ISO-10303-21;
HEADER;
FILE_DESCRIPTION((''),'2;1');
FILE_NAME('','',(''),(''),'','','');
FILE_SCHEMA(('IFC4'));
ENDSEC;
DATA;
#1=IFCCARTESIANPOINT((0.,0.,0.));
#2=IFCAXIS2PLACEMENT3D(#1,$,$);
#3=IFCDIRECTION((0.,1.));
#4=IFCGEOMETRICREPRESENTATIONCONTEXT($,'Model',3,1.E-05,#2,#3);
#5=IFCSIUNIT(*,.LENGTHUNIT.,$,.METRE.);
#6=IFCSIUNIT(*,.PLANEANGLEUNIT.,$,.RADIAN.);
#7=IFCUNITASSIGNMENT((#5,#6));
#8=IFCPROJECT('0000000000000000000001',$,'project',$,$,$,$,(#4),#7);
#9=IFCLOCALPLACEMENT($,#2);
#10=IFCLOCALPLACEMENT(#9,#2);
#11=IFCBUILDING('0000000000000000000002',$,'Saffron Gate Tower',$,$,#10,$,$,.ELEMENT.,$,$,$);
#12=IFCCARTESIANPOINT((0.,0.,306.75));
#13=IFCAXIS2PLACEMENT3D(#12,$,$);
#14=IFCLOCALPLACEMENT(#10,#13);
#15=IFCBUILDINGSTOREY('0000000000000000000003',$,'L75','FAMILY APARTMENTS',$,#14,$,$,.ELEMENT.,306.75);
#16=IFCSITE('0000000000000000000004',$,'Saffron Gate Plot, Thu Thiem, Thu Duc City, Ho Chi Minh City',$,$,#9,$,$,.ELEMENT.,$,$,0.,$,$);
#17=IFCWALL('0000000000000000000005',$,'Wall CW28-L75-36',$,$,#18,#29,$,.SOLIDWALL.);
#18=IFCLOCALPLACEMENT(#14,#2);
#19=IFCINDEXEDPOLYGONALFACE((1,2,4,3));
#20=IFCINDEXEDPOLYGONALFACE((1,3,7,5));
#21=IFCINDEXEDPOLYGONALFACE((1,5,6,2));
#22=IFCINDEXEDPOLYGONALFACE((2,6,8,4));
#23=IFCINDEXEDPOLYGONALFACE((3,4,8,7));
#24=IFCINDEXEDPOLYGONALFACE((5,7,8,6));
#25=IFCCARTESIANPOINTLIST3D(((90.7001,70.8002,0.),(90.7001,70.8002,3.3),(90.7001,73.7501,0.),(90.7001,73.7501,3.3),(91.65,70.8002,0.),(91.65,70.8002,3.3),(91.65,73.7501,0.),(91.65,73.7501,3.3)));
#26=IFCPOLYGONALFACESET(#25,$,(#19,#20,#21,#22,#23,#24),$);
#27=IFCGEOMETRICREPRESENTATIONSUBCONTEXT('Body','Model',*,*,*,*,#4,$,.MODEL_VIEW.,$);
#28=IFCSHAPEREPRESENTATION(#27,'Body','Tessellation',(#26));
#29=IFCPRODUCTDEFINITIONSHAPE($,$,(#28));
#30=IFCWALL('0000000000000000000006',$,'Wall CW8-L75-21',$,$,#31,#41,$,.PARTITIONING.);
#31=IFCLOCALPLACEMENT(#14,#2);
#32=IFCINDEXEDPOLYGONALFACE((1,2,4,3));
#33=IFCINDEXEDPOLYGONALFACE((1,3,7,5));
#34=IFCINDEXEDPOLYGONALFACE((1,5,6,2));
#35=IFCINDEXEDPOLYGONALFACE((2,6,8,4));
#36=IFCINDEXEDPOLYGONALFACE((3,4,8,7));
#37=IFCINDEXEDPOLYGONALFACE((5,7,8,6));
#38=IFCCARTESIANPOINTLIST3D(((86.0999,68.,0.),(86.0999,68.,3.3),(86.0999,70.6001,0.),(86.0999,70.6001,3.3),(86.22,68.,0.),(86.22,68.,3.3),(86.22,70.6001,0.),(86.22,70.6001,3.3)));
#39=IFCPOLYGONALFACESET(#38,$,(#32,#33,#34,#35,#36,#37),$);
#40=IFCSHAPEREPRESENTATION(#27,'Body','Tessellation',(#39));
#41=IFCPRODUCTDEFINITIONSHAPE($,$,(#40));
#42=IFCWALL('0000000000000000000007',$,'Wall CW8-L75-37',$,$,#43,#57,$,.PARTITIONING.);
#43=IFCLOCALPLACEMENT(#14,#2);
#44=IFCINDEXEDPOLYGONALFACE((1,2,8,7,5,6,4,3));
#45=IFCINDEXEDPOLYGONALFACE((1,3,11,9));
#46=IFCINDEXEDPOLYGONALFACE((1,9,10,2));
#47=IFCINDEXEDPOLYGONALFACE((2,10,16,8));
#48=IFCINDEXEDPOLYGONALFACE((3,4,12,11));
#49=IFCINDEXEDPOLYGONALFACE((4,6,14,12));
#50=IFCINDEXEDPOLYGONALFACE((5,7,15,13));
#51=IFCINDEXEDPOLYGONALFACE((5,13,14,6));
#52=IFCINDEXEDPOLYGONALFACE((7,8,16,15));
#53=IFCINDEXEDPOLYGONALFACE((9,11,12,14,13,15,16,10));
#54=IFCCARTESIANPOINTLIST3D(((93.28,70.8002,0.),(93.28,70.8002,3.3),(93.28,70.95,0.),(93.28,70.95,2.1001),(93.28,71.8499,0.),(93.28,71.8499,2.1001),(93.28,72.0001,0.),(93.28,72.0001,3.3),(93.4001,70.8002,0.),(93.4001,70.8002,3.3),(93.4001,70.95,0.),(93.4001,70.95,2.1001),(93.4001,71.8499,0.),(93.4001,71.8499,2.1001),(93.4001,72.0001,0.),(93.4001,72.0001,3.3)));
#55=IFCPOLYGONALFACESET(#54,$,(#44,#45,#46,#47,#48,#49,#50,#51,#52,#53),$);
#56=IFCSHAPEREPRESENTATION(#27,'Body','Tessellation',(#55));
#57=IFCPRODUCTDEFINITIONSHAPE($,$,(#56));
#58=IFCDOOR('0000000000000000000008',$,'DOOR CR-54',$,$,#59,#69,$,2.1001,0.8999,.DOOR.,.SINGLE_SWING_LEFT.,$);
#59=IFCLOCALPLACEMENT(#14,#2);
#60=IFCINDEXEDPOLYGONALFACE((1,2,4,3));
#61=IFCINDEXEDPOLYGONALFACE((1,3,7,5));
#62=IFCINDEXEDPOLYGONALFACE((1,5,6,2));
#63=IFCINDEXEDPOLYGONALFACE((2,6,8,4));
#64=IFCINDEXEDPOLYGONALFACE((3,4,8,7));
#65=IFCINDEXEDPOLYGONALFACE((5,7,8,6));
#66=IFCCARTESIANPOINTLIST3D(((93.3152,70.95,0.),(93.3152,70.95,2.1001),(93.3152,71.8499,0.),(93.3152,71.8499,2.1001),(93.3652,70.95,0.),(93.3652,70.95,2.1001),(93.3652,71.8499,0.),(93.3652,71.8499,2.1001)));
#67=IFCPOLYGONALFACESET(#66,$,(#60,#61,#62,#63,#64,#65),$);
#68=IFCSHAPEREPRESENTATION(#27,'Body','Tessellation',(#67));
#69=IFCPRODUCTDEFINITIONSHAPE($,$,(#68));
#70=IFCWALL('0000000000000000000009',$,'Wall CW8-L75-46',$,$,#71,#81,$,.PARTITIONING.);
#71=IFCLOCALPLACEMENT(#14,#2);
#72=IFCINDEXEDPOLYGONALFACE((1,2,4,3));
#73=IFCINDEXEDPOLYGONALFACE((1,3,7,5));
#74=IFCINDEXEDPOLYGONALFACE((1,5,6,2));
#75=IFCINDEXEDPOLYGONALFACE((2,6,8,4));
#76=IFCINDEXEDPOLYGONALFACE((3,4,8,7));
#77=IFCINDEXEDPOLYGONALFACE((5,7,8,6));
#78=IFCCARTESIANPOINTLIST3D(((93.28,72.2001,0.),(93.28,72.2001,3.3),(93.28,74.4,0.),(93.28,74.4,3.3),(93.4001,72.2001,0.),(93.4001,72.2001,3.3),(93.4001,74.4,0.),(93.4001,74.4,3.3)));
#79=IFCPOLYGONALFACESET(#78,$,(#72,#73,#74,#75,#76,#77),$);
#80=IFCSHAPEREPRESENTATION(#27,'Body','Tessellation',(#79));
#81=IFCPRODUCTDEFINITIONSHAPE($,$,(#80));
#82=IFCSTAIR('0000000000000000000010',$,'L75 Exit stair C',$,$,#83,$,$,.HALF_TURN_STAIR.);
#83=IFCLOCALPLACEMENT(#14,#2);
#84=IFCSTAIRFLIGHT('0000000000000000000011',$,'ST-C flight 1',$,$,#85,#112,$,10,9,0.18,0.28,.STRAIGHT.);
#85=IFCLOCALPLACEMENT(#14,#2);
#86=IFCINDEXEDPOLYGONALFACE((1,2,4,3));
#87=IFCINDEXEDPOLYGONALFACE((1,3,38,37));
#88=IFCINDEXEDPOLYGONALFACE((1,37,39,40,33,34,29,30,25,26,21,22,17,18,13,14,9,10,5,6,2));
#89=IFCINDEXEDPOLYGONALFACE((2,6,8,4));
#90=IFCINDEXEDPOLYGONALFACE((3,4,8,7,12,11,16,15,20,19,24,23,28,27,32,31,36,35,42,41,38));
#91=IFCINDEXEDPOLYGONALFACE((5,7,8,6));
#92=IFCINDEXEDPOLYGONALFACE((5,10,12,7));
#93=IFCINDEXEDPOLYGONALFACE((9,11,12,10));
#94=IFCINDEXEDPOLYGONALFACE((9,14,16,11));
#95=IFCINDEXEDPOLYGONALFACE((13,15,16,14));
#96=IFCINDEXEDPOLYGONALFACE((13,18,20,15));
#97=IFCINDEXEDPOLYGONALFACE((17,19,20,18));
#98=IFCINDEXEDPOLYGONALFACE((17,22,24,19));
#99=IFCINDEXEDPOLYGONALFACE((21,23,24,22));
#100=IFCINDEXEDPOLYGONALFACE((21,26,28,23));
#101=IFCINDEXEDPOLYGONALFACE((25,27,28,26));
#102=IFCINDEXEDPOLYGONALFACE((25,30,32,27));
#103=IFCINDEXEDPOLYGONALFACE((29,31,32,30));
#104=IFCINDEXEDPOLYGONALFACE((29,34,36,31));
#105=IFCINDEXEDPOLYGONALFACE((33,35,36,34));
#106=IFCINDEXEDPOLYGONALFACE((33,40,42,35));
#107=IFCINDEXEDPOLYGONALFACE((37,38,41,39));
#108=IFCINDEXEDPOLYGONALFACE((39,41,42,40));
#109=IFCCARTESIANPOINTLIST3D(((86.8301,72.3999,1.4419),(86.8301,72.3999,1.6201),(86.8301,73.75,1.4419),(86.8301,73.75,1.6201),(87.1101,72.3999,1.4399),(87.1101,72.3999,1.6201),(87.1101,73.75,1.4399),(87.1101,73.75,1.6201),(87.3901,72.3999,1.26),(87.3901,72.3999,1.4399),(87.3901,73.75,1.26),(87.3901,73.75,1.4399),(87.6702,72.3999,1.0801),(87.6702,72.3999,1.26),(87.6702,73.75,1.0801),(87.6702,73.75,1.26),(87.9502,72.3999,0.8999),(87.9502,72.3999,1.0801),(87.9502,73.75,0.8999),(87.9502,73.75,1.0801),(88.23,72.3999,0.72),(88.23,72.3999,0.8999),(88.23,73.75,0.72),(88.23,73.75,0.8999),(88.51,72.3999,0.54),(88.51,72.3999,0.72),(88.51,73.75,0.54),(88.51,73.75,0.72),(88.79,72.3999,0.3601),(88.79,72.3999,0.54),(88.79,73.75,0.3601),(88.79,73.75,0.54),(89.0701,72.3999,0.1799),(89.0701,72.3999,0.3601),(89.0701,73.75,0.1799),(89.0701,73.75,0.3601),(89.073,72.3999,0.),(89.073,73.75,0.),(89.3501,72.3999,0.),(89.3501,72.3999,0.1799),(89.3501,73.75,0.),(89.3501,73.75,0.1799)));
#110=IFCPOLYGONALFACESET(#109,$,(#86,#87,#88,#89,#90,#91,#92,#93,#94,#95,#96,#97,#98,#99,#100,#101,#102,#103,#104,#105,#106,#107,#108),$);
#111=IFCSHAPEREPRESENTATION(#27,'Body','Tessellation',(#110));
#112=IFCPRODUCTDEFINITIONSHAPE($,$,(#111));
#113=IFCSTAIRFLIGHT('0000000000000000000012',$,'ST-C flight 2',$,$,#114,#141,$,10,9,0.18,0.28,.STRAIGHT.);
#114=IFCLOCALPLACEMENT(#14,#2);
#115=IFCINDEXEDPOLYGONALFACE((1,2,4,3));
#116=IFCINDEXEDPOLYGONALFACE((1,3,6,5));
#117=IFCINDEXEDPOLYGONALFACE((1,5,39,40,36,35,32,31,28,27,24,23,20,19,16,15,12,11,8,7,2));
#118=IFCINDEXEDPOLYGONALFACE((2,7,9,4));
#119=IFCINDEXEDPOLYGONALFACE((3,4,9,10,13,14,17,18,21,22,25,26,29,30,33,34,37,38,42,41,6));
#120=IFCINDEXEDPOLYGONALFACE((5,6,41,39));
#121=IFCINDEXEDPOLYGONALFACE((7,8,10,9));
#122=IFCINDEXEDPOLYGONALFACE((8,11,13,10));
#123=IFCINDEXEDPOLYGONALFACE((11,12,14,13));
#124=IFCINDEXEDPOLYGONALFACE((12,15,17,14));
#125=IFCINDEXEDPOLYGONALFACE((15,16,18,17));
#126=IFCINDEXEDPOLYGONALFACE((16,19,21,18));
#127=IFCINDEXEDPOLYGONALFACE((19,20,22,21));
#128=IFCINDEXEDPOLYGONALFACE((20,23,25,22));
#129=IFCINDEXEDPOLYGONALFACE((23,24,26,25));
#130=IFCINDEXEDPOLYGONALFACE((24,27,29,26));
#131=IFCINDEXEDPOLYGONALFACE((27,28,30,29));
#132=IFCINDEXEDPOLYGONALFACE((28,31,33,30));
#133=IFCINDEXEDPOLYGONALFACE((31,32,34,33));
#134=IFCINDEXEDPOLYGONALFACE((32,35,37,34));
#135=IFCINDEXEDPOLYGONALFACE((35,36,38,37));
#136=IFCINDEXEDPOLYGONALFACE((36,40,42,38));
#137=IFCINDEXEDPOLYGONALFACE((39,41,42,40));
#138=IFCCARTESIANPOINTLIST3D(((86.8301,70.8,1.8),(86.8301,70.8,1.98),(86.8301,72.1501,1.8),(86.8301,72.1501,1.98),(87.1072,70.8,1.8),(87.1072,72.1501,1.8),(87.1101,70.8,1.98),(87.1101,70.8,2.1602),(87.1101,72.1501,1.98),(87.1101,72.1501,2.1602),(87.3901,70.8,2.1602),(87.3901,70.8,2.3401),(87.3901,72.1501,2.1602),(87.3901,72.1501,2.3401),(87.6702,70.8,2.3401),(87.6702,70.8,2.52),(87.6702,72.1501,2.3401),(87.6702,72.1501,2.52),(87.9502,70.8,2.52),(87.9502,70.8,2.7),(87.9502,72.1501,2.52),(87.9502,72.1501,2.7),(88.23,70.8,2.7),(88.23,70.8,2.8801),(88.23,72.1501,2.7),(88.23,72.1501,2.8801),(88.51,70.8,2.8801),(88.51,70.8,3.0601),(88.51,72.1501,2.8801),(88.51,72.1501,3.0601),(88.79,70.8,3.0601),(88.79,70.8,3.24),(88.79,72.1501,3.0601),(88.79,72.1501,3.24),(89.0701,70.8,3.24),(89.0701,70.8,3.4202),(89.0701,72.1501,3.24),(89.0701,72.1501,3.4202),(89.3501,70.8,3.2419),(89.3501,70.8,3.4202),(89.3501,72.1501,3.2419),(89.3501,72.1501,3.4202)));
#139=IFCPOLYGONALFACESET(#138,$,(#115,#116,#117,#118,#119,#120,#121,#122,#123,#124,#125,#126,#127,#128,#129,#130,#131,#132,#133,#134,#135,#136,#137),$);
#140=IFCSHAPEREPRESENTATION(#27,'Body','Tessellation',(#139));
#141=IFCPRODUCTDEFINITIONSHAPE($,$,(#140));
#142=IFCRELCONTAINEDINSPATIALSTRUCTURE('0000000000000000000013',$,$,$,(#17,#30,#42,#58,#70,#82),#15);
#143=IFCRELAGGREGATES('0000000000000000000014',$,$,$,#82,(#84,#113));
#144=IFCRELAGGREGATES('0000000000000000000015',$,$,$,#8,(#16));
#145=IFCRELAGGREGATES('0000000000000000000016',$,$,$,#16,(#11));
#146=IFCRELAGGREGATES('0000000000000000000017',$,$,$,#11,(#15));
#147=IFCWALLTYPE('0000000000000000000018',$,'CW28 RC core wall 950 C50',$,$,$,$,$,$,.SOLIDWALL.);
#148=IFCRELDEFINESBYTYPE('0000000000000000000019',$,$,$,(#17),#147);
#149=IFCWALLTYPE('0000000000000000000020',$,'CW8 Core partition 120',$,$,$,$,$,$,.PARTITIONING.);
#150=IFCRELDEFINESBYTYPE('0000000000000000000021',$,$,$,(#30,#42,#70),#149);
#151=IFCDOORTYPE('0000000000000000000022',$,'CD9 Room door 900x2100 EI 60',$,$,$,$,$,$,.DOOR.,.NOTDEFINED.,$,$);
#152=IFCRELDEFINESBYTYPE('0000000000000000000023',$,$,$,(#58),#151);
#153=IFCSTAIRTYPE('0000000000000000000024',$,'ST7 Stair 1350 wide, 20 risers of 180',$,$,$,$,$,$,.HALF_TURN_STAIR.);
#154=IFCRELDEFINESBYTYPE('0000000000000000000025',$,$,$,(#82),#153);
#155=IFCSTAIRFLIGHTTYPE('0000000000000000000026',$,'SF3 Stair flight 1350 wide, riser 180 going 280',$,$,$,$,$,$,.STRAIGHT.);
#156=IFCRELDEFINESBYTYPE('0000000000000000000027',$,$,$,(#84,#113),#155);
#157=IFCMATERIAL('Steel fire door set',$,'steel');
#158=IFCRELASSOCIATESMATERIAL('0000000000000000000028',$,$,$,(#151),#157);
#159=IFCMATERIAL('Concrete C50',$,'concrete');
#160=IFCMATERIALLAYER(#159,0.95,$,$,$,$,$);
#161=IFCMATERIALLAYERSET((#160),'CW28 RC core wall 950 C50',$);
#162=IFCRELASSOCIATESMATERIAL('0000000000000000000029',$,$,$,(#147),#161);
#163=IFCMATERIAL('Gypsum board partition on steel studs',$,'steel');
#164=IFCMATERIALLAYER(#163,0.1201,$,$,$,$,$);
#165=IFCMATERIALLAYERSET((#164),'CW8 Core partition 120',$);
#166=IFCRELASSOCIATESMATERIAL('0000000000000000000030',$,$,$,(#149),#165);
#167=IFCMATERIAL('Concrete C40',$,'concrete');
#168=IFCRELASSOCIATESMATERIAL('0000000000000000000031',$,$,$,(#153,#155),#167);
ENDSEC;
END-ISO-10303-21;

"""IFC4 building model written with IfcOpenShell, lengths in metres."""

from ifc_helpers import new_model, si_unit, direction, frame, frame_2d, origin, place, context, subcontext, project, spatial, polyline, rectangle, outline, extrude, material, layer, layer_set, type_object, element, fill, aggregate, save


model = new_model("IFC4")

# Units and contexts
model_context = context("Model", 3, precision=1e-05, world=origin(), true_north=direction((0.0, 1.0)))
body_context = subcontext(model_context, "Body", "Model", "MODEL_VIEW")
ifc_project = project(units=[si_unit("LENGTHUNIT", "METRE"), si_unit("PLANEANGLEUNIT", "RADIAN")], contexts=[model_context])

# Site, building, storey
site_placement = place(None, origin())
site = spatial("IfcSite", under=ifc_project, at=site_placement, Name="Saffron Gate Plot, Thu Thiem, Thu Duc City, Ho Chi Minh City", CompositionType="ELEMENT", RefElevation=0.0)
building_placement = place(site_placement, origin())
building = spatial("IfcBuilding", under=site, at=building_placement, Name="Saffron Gate Tower", CompositionType="ELEMENT")
storey_placement = place(building_placement, frame((0.0, 0.0, 306.75)))
storey = spatial("IfcBuildingStorey", under=building, at=storey_placement, Name="L75", Description="FAMILY APARTMENTS", CompositionType="ELEMENT", Elevation=306.75)

# Shared definitions
ifc_material_1 = material(Name="Gypsum board partition on steel studs", Category="steel")

# Shared definitions
ifc_material_2 = material(Name="Concrete C50", Category="concrete")
ifc_material_3 = material(Name="Steel fire door set", Category="steel")

# Shared definitions
door_type_1 = type_object("IfcDoorType", Name="CD9 Room door 900x2100 EI 60", OperationType="NOTDEFINED", PredefinedType="DOOR", material=ifc_material_3)

# Walls
ifc_layer_1 = layer(ifc_material_2, 0.95)
ifc_layer_set_1 = layer_set([ifc_layer_1], Name="CW28 RC core wall 950 C50")
wall_type_1 = type_object("IfcWallType", Name="CW28 RC core wall 950 C50", PredefinedType="SOLIDWALL", material=ifc_layer_set_1)
wall_1_placement = place(storey_placement, frame((91.175, 70.8, 0.0), z_axis=(0.0, 0.0, 1.0), x_axis=(0.0, 1.0, 0.0)))
element("IfcWall", 1, at=wall_1_placement, inside=storey, type_object=wall_type_1, Name="Wall CW28-L75-36", PredefinedType="SOLIDWALL", context=body_context, shape_type="SweptSolid", body=[
    extrude(rectangle(XDim=2.95, YDim=0.95, at=frame_2d((1.4751, 0.0))), origin(), (0.0, 0.0, 1.0), 3.3),
])
ifc_layer_2 = layer(ifc_material_1, 0.1201)
ifc_layer_set_2 = layer_set([ifc_layer_2], Name="CW8 Core partition 120")
wall_type_2 = type_object("IfcWallType", Name="CW8 Core partition 120", PredefinedType="PARTITIONING", material=ifc_layer_set_2)
wall_2_placement = place(storey_placement, frame((86.1599, 68.0, 0.0), z_axis=(0.0, 0.0, 1.0), x_axis=(0.0, 1.0, 0.0)))
element("IfcWall", 2, at=wall_2_placement, inside=storey, type_object=wall_type_2, Name="Wall CW8-L75-21", PredefinedType="PARTITIONING", context=body_context, shape_type="SweptSolid", body=[
    extrude(rectangle(XDim=2.6001, YDim=0.1201, at=frame_2d((1.3, 0.0))), origin(), (0.0, 0.0, 1.0), 3.3),
])

# Wall, opening, door
wall_3_placement = place(storey_placement, frame((93.3401, 70.8, 0.0), z_axis=(0.0, 0.0, 1.0), x_axis=(0.0, 1.0, 0.0)))
wall_3 = element("IfcWall", 3, at=wall_3_placement, inside=storey, type_object=wall_type_2, Name="Wall CW8-L75-37", PredefinedType="PARTITIONING", context=body_context, shape_type="SweptSolid", body=[
    extrude(rectangle(XDim=1.2, YDim=0.1201, at=frame_2d((0.6001, 0.0))), origin(), (0.0, 0.0, 1.0), 3.3),
])
opening_1_placement = place(wall_3_placement, frame((0.1499, 0.0, 0.0)))
opening_1 = element("IfcOpeningElement", 4, at=opening_1_placement, cuts=wall_3, PredefinedType="OPENING", context=body_context, shape_type="SweptSolid", body=[
    extrude(rectangle(XDim=0.8999, YDim=2.1001, at=frame_2d((0.45, 1.05))), frame((0.0, 0.0701, 0.0), z_axis=(0.0, -1.0, 0.0), x_axis=(1.0, 0.0, 0.0)), (0.0, 0.0, 1.0), 0.1401),
])
door_1_placement = place(opening_1_placement, origin())
door_1 = element("IfcDoor", 5, at=door_1_placement, inside=storey, type_object=door_type_1, Name="DOOR CR-54", OperationType="SINGLE_SWING_LEFT", OverallHeight=2.1001, OverallWidth=0.8999, PredefinedType="DOOR", context=body_context, shape_type="SweptSolid", body=[
    extrude(rectangle(XDim=0.8999, YDim=2.1001, at=frame_2d((0.45, 1.05))), frame((0.0, 0.0249, 0.0), z_axis=(0.0, -1.0, 0.0), x_axis=(1.0, 0.0, 0.0)), (0.0, 0.0, 1.0), 0.05),
])
fill(opening_1, door_1)

# Wall
wall_4_placement = place(storey_placement, frame((93.3401, 72.2, 0.0), z_axis=(0.0, 0.0, 1.0), x_axis=(0.0, 1.0, 0.0)))
element("IfcWall", 6, at=wall_4_placement, inside=storey, type_object=wall_type_2, Name="Wall CW8-L75-46", PredefinedType="PARTITIONING", context=body_context, shape_type="SweptSolid", body=[
    extrude(rectangle(XDim=2.2, YDim=0.1201, at=frame_2d((1.1001, 0.0))), origin(), (0.0, 0.0, 1.0), 3.3),
])

# Stair, stair flights
ifc_material_4 = material(Name="Concrete C40", Category="concrete")
stair_type = type_object("IfcStairType", Name="ST7 Stair 1350 wide, 20 risers of 180", PredefinedType="HALF_TURN_STAIR", material=ifc_material_4)
stair_placement = place(storey_placement, origin())
stair = element("IfcStair", 7, at=stair_placement, inside=storey, type_object=stair_type, Name="L75 Exit stair C", PredefinedType="HALF_TURN_STAIR")
stair_flight_type = type_object("IfcStairFlightType", Name="SF3 Stair flight 1350 wide, riser 180 going 280", PredefinedType="STRAIGHT", material=ifc_material_4)
stair_flight_1_placement = place(storey_placement, frame((89.3501, 73.075, 0.0), z_axis=(0.0, 0.0, 1.0), x_axis=(-1.0, 0.0, 0.0)))
stair_flight_1 = element("IfcStairFlight", 8, at=stair_flight_1_placement, type_object=stair_flight_type, Name="ST-C flight 1", NumberOfRisers=10, NumberOfTreads=9, PredefinedType="STRAIGHT", RiserHeight=0.18, TreadLength=0.28, context=body_context, shape_type="SweptSolid", body=[
    extrude(outline(polyline([(0.0, 0.0), (0.0, 0.1799), (0.28, 0.1799), (0.28, 0.3601), (0.5601, 0.3601), (0.5601, 0.54), (0.8401, 0.54), (0.8401, 0.72), (1.1201, 0.72), (1.1201, 0.8999), (1.3999, 0.8999), (1.3999, 1.0801), (1.6799, 1.0801), (1.6799, 1.26), (1.96, 1.26), (1.96, 1.4399), (2.24, 1.4399), (2.24, 1.6201), (2.52, 1.6201), (2.52, 1.8), (2.52, 1.4419), (0.2771, 0.0), (0.0, 0.0)])), frame((0.0, 0.675, 0.0), z_axis=(0.0, -1.0, 0.0), x_axis=(1.0, 0.0, 0.0)), (0.0, 0.0, 1.0), 1.3501),
])
stair_flight_2_placement = place(storey_placement, frame((86.8301, 71.4751, 1.8), z_axis=(0.0, 0.0, 1.0), x_axis=(1.0, 0.0, 0.0)))
stair_flight_2 = element("IfcStairFlight", 9, at=stair_flight_2_placement, type_object=stair_flight_type, Name="ST-C flight 2", NumberOfRisers=10, NumberOfTreads=9, PredefinedType="STRAIGHT", RiserHeight=0.18, TreadLength=0.28, context=body_context, shape_type="SweptSolid", body=[
    extrude(outline(polyline([(0.0, 0.0), (0.0, 0.1799), (0.28, 0.1799), (0.28, 0.3601), (0.5601, 0.3601), (0.5601, 0.54), (0.8401, 0.54), (0.8401, 0.72), (1.1201, 0.72), (1.1201, 0.8999), (1.3999, 0.8999), (1.3999, 1.0801), (1.6799, 1.0801), (1.6799, 1.26), (1.96, 1.26), (1.96, 1.4399), (2.24, 1.4399), (2.24, 1.6201), (2.52, 1.6201), (2.52, 1.8), (2.52, 1.4419), (0.2771, 0.0), (0.0, 0.0)])), frame((0.0, 0.675, 0.0), z_axis=(0.0, -1.0, 0.0), x_axis=(1.0, 0.0, 0.0)), (0.0, 0.0, 1.0), 1.3501),
])
aggregate(stair, [stair_flight_1, stair_flight_2])

save(model, "model.ifc")
